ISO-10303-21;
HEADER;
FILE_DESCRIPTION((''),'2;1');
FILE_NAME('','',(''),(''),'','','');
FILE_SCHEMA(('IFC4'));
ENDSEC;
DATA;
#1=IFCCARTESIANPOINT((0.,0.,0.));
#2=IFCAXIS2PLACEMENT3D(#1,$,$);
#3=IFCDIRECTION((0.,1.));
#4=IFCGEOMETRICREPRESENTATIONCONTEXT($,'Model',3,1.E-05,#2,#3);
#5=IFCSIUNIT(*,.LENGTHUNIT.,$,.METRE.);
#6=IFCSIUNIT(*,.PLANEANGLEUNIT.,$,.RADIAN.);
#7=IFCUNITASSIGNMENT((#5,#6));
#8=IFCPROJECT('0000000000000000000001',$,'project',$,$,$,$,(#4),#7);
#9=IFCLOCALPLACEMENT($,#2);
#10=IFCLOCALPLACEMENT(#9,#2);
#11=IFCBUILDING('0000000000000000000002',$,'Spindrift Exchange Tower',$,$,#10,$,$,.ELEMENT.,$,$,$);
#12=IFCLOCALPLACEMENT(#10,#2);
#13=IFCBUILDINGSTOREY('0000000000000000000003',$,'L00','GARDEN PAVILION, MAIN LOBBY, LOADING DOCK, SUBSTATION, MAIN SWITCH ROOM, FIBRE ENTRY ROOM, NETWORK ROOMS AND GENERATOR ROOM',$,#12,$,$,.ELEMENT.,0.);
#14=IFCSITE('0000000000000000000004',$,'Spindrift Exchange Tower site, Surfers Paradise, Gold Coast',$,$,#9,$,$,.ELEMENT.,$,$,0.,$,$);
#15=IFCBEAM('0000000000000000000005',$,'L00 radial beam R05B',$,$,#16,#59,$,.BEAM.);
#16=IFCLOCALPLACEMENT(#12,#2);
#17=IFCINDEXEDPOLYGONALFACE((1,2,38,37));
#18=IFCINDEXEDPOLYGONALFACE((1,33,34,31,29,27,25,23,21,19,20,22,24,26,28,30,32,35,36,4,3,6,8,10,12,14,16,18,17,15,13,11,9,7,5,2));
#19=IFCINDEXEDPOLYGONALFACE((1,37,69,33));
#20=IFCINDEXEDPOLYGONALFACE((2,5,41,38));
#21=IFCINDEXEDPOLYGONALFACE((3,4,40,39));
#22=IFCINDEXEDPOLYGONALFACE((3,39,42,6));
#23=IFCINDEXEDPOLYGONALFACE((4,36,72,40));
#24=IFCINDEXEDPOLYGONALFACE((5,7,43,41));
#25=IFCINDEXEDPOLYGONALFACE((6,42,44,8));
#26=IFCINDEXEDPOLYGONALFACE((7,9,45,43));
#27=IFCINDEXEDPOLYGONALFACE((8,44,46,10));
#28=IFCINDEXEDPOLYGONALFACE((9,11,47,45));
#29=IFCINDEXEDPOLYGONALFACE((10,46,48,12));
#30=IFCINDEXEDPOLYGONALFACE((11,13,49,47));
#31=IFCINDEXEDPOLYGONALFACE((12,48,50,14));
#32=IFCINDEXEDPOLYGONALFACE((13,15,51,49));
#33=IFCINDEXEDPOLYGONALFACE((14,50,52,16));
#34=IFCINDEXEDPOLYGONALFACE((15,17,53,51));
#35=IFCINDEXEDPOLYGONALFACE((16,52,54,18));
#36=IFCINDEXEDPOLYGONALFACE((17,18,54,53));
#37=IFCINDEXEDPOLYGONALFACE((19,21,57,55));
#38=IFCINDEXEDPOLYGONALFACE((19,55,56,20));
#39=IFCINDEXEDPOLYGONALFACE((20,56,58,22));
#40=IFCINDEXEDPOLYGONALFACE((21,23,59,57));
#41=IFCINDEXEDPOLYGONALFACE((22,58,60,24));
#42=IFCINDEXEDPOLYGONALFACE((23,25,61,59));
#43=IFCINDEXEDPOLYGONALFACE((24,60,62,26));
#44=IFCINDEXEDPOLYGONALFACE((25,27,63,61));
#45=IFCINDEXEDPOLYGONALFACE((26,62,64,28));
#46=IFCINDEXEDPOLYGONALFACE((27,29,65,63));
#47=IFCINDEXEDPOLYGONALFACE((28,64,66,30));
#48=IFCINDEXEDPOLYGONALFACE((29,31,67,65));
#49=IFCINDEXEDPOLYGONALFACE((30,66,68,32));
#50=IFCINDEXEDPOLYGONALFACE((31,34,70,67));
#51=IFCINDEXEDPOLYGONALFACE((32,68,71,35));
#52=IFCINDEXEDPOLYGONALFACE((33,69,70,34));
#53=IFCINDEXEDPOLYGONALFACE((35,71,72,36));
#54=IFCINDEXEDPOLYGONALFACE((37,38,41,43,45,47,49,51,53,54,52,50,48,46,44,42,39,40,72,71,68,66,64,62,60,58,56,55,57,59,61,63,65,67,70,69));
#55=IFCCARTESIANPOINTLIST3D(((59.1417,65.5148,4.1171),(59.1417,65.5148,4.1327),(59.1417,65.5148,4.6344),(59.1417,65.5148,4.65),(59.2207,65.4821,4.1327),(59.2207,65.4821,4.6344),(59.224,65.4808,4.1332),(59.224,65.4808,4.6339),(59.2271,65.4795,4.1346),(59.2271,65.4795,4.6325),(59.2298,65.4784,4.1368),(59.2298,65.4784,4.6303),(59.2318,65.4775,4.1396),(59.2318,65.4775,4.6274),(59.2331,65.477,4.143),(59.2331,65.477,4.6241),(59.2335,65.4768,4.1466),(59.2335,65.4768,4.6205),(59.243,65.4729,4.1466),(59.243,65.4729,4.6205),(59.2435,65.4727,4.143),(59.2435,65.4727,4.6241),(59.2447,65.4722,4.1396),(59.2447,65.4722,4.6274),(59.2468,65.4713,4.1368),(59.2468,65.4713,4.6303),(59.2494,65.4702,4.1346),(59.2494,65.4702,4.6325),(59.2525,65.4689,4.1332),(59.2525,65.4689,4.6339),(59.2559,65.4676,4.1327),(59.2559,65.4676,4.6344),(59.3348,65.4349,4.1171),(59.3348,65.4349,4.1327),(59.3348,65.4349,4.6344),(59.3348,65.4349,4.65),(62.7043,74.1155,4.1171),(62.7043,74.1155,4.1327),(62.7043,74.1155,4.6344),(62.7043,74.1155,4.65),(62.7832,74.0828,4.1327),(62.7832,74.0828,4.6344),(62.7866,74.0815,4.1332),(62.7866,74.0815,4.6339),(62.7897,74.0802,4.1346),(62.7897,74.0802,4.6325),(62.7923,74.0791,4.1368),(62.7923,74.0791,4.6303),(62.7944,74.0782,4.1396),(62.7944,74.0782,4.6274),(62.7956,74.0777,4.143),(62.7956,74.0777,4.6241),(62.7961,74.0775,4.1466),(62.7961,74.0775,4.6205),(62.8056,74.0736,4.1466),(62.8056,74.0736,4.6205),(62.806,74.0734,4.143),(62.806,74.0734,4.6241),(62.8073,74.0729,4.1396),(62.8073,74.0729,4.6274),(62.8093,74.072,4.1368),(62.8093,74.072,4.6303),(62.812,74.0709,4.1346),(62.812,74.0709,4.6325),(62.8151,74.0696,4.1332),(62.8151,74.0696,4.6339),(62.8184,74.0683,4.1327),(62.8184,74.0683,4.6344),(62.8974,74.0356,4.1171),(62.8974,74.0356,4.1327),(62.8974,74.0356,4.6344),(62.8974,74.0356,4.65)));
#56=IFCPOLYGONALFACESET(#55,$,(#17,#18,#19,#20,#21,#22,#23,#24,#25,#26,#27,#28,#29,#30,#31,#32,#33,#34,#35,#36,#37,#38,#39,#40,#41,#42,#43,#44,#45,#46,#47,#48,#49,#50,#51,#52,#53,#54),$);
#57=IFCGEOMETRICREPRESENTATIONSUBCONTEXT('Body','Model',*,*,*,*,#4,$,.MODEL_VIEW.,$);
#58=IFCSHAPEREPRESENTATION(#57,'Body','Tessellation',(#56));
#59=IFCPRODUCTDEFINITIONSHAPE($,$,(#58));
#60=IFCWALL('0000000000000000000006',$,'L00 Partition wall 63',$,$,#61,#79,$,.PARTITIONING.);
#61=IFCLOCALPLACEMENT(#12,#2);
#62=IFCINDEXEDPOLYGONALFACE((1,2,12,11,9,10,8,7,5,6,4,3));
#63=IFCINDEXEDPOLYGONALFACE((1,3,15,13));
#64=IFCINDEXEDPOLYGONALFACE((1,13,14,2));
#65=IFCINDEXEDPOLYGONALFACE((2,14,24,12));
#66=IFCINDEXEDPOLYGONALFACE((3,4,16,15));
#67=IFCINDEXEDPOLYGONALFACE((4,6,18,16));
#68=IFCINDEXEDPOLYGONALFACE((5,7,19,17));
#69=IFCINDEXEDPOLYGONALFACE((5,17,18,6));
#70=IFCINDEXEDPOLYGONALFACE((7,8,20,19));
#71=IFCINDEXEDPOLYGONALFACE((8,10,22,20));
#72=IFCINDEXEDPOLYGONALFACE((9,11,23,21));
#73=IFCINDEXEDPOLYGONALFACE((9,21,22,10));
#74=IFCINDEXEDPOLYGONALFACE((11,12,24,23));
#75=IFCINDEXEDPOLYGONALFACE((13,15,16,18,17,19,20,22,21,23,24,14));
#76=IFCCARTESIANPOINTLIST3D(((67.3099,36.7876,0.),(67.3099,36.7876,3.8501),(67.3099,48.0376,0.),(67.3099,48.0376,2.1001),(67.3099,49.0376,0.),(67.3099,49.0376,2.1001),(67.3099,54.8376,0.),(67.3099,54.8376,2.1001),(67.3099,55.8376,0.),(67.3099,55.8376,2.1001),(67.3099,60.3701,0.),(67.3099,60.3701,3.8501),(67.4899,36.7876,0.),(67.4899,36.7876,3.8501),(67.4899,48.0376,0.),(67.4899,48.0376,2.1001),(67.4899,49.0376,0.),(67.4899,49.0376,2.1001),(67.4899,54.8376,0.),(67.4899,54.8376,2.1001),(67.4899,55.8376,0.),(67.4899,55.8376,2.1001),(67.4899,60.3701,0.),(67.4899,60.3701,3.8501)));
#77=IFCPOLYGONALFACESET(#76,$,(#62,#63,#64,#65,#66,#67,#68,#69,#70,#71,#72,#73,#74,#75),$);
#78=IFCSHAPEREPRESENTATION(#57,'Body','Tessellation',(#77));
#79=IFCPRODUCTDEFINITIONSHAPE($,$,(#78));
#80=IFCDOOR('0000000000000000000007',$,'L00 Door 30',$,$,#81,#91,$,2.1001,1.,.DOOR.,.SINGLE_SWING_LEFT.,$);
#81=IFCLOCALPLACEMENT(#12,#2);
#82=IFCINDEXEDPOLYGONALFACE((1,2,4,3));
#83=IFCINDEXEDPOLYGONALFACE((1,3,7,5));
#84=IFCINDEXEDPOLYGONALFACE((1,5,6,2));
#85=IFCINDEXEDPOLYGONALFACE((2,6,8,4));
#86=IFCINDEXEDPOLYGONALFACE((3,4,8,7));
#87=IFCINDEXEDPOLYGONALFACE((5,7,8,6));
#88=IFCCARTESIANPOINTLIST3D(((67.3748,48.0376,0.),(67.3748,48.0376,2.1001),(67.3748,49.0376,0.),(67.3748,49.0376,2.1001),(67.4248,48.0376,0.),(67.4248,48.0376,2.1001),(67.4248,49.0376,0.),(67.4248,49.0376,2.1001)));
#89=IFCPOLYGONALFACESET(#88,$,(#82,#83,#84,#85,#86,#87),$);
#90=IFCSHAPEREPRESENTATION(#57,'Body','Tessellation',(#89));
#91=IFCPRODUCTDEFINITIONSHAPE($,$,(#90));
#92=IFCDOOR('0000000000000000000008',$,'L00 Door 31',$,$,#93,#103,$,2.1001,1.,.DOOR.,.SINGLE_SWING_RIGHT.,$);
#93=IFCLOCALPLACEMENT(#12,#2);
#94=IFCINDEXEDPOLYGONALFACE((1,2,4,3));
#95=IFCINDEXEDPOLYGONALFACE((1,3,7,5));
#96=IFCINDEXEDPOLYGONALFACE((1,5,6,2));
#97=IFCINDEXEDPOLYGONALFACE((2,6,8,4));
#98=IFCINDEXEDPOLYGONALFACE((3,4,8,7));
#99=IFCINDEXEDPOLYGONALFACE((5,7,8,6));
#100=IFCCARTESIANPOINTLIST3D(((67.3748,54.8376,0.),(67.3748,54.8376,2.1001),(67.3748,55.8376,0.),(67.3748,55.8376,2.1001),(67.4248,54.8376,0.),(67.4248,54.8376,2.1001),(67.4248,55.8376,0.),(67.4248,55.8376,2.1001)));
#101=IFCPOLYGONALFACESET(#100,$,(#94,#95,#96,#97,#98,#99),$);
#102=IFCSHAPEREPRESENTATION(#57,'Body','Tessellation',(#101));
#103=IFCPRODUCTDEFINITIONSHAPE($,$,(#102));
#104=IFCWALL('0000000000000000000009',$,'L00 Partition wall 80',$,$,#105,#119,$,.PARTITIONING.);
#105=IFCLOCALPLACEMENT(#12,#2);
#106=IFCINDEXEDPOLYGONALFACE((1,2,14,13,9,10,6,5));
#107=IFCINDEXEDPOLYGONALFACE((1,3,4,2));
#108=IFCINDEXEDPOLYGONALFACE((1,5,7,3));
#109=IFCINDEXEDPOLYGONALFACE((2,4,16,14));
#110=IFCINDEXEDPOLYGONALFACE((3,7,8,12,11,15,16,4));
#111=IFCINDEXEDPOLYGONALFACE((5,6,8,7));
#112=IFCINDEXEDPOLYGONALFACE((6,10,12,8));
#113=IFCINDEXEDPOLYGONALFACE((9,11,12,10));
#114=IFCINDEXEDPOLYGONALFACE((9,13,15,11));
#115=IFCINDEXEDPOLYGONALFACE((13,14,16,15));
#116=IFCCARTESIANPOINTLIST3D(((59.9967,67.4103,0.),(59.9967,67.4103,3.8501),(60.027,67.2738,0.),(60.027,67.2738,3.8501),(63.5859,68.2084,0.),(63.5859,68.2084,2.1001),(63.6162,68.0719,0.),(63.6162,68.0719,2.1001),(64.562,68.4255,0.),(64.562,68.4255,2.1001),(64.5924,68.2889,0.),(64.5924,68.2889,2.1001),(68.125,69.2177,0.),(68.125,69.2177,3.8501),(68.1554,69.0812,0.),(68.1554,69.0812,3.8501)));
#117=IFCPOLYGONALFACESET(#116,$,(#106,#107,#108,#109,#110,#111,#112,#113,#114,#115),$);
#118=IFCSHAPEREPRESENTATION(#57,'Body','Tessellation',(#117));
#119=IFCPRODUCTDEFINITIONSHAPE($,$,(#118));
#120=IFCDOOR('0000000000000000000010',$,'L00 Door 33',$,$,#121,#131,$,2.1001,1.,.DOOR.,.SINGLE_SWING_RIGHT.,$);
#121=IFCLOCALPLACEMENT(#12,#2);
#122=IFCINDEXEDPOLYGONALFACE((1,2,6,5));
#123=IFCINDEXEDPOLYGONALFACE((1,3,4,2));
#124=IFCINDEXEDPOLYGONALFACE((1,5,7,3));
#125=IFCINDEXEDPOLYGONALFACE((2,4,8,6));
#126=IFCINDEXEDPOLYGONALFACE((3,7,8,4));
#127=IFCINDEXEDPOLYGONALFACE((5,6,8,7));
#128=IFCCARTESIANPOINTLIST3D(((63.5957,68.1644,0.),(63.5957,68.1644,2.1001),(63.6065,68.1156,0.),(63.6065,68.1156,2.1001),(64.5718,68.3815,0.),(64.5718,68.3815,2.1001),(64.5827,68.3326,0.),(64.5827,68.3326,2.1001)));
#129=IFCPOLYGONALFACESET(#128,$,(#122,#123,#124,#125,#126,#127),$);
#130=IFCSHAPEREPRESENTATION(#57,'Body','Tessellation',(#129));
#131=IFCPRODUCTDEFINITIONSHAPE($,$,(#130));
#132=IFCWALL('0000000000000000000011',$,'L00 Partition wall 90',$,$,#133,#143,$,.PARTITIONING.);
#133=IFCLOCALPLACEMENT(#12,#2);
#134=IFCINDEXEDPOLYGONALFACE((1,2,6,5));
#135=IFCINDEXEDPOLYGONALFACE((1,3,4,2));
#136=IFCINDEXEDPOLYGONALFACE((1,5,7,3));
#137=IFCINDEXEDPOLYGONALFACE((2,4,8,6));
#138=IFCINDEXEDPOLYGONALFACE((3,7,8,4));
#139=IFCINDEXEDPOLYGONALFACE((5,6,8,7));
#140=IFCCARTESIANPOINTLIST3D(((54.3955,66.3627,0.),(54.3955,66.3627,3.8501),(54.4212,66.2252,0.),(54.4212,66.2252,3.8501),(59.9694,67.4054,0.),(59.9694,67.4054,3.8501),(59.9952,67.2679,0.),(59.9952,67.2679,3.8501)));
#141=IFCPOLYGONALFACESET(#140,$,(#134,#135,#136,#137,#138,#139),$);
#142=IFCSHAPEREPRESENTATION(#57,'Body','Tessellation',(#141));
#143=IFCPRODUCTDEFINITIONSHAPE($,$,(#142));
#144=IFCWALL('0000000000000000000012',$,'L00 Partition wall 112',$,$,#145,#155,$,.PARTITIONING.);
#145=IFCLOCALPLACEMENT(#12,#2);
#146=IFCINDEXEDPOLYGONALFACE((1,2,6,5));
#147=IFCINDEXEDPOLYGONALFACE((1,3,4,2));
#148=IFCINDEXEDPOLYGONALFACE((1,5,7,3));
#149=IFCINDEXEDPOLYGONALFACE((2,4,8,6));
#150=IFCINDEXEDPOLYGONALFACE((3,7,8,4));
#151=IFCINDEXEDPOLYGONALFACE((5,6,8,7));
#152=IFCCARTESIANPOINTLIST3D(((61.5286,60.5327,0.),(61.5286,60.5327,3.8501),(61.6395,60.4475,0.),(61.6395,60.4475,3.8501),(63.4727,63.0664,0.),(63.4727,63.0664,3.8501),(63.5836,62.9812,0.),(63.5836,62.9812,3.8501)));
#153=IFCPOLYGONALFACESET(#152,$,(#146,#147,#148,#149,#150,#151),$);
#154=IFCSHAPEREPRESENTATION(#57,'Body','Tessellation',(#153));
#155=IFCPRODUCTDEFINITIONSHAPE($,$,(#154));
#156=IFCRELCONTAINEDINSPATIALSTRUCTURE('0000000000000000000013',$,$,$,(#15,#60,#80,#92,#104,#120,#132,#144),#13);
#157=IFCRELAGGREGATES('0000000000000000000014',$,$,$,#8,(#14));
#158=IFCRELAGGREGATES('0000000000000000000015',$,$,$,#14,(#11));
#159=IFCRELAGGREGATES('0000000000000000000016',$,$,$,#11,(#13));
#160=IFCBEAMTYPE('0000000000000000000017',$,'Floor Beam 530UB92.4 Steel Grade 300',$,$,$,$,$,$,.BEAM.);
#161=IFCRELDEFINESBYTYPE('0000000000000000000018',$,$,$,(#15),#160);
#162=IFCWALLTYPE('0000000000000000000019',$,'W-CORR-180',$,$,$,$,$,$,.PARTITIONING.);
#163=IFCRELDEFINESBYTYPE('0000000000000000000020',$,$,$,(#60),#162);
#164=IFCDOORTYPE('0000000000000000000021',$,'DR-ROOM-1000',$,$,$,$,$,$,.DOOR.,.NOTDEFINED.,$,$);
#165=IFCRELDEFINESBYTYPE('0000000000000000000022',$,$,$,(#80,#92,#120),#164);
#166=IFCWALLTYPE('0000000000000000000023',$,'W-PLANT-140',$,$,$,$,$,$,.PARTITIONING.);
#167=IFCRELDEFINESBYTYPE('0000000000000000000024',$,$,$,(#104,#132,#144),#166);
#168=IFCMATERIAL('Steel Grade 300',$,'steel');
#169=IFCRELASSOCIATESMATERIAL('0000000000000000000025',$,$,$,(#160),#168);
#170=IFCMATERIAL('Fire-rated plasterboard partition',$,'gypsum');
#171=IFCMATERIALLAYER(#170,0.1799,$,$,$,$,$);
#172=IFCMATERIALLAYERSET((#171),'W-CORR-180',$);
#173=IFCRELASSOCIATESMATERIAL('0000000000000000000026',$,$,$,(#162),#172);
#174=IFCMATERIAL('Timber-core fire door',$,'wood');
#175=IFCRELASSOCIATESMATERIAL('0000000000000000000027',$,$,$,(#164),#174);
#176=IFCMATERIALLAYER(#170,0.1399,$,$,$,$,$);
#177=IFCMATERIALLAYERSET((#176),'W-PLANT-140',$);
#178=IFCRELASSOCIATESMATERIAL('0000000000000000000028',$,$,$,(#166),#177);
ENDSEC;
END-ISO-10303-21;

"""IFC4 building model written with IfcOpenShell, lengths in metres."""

from ifc_helpers import new_model, si_unit, direction, frame, frame_2d, origin, origin_2d, place, context, subcontext, project, spatial, rectangle, i_section, extrude, source, transform, mapped, material, layer, layer_set, material_profile, profile_set, type_object, element, fill, save


model = new_model("IFC4")

# Units and contexts
model_context = context("Model", 3, precision=1e-05, world=origin(), true_north=direction((0.0, 1.0)))
body_context = subcontext(model_context, "Body", "Model", "MODEL_VIEW")
ifc_project = project(units=[si_unit("LENGTHUNIT", "METRE"), si_unit("PLANEANGLEUNIT", "RADIAN")], contexts=[model_context])

# Site, building, storey
site_placement = place(None, origin())
site = spatial("IfcSite", under=ifc_project, at=site_placement, Name="Spindrift Exchange Tower site, Surfers Paradise, Gold Coast", CompositionType="ELEMENT", RefElevation=0.0)
building_placement = place(site_placement, origin())
building = spatial("IfcBuilding", under=site, at=building_placement, Name="Spindrift Exchange Tower", CompositionType="ELEMENT")
storey_placement = place(building_placement, origin())
storey = spatial("IfcBuildingStorey", under=building, at=storey_placement, Name="L00", Description="GARDEN PAVILION, MAIN LOBBY, LOADING DOCK, SUBSTATION, MAIN SWITCH ROOM, FIBRE ENTRY ROOM, NETWORK ROOMS AND GENERATOR ROOM", CompositionType="ELEMENT", Elevation=0.0)

# Beam
ifc_material_1 = material(Name="Steel Grade 300", Category="steel")
ifc_material_profile_1 = material_profile(ifc_material_1, i_section(OverallWidth=0.209, OverallDepth=0.533, WebThickness=0.0103, FlangeThickness=0.0156, FilletRadius=0.0139, at=origin_2d()), Name="530UB92.4")
ifc_profile_set_1 = profile_set([ifc_material_profile_1], Name="Steel Grade 300")
beam_type_1 = type_object("IfcBeamType", Name="Floor Beam 530UB92.4 Steel Grade 300", PredefinedType="BEAM", material=ifc_profile_set_1)
shared_shape_1 = source(origin(), body_context, "Body", "SweptSolid", [
    extrude(i_section(OverallWidth=0.209, OverallDepth=0.533, WebThickness=0.0103, FlangeThickness=0.0156, FilletRadius=0.0139, at=origin_2d()), origin(), (0.0, 0.0, 1.0), 9.3093),
])
beam_1_placement = place(storey_placement, frame((59.2383, 65.4749, 4.3835), z_axis=(0.382685, 0.923879, 0.0), x_axis=(-0.923879, 0.382685, 0.0)))
element("IfcBeam", 1, at=beam_1_placement, inside=storey, type_object=beam_type_1, Name="L00 radial beam R05B", PredefinedType="BEAM", context=body_context, shape_type="MappedRepresentation", body=[
    mapped(shared_shape_1, transform((0.0, 0.0, 0.0), scale=1.0)),
])

# Wall, openings, doors
ifc_material_2 = material(Name="Fire-rated plasterboard partition", Category="gypsum")
ifc_layer_1 = layer(ifc_material_2, 0.1799)
ifc_layer_set_1 = layer_set([ifc_layer_1], Name="W-CORR-180")
wall_type_1 = type_object("IfcWallType", Name="W-CORR-180", PredefinedType="PARTITIONING", material=ifc_layer_set_1)
wall_1_placement = place(storey_placement, frame((67.3999, 60.3701, 0.0), z_axis=(0.0, 0.0, 1.0), x_axis=(0.0, -1.0, 0.0)))
wall_1 = element("IfcWall", 2, at=wall_1_placement, inside=storey, type_object=wall_type_1, Name="L00 Partition wall 63", PredefinedType="PARTITIONING", context=body_context, shape_type="SweptSolid", body=[
    extrude(rectangle(XDim=23.5825, YDim=0.1799, at=frame_2d((11.7913, 0.0))), origin(), (0.0, 0.0, 1.0), 3.8501),
])
opening_1_placement = place(wall_1_placement, frame((11.3325, 0.0, 0.0)))
opening_1 = element("IfcOpeningElement", 3, at=opening_1_placement, cuts=wall_1, PredefinedType="OPENING", context=body_context, shape_type="SweptSolid", body=[
    extrude(rectangle(XDim=1.0, YDim=2.1001, at=frame_2d((0.5, 1.05))), frame((0.0, 0.0999, 0.0), z_axis=(0.0, -1.0, 0.0), x_axis=(1.0, 0.0, 0.0)), (0.0, 0.0, 1.0), 0.2),
])
opening_2_placement = place(wall_1_placement, frame((4.5325, 0.0, 0.0)))
opening_2 = element("IfcOpeningElement", 4, at=opening_2_placement, cuts=wall_1, PredefinedType="OPENING", context=body_context, shape_type="SweptSolid", body=[
    extrude(rectangle(XDim=1.0, YDim=2.1001, at=frame_2d((0.5, 1.05))), frame((0.0, 0.0999, 0.0), z_axis=(0.0, -1.0, 0.0), x_axis=(1.0, 0.0, 0.0)), (0.0, 0.0, 1.0), 0.2),
])
ifc_material_3 = material(Name="Timber-core fire door", Category="wood")
door_type = type_object("IfcDoorType", Name="DR-ROOM-1000", OperationType="NOTDEFINED", PredefinedType="DOOR", material=ifc_material_3)
shared_shape_2 = source(origin(), body_context, "Body", "SweptSolid", [
    extrude(rectangle(XDim=1.0, YDim=2.1001, at=frame_2d((0.5, 1.05))), frame((0.0, 0.0249, 0.0), z_axis=(0.0, -1.0, 0.0), x_axis=(1.0, 0.0, 0.0)), (0.0, 0.0, 1.0), 0.05),
])
door_1_placement = place(opening_1_placement, origin())
door_1 = element("IfcDoor", 5, at=door_1_placement, inside=storey, type_object=door_type, Name="L00 Door 30", OperationType="SINGLE_SWING_LEFT", OverallHeight=2.1001, OverallWidth=1.0, PredefinedType="DOOR", context=body_context, shape_type="MappedRepresentation", body=[
    mapped(shared_shape_2, transform((0.0, 0.0, 0.0), scale=1.0)),
])
fill(opening_1, door_1)
door_2_placement = place(opening_2_placement, origin())
door_2 = element("IfcDoor", 6, at=door_2_placement, inside=storey, type_object=door_type, Name="L00 Door 31", OperationType="SINGLE_SWING_RIGHT", OverallHeight=2.1001, OverallWidth=1.0, PredefinedType="DOOR", context=body_context, shape_type="MappedRepresentation", body=[
    mapped(shared_shape_2, transform((0.0, 0.0, 0.0), scale=1.0)),
])
fill(opening_2, door_2)

# Wall, opening, door
ifc_layer_2 = layer(ifc_material_2, 0.1399)
ifc_layer_set_2 = layer_set([ifc_layer_2], Name="W-PLANT-140")
wall_type_2 = type_object("IfcWallType", Name="W-PLANT-140", PredefinedType="PARTITIONING", material=ifc_layer_set_2)
wall_2_placement = place(storey_placement, frame((60.0117, 67.342, 0.0), z_axis=(0.0, 0.0, 1.0), x_axis=(0.97616, 0.217052, 0.0)))
wall_2 = element("IfcWall", 7, at=wall_2_placement, inside=storey, type_object=wall_type_2, Name="L00 Partition wall 80", PredefinedType="PARTITIONING", context=body_context, shape_type="SweptSolid", body=[
    extrude(rectangle(XDim=8.3269, YDim=0.1399, at=frame_2d((4.1636, 0.0))), origin(), (0.0, 0.0, 1.0), 3.8501),
])
opening_3_placement = place(wall_2_placement, frame((3.677, 0.0, 0.0)))
opening_3 = element("IfcOpeningElement", 8, at=opening_3_placement, cuts=wall_2, PredefinedType="OPENING", context=body_context, shape_type="SweptSolid", body=[
    extrude(rectangle(XDim=1.0, YDim=2.1001, at=frame_2d((0.5, 1.05))), frame((0.0, 0.0798, 0.0), z_axis=(0.0, -1.0, 0.0), x_axis=(1.0, 0.0, 0.0)), (0.0, 0.0, 1.0), 0.1599),
])
door_3_placement = place(opening_3_placement, origin())
door_3 = element("IfcDoor", 9, at=door_3_placement, inside=storey, type_object=door_type, Name="L00 Door 33", OperationType="SINGLE_SWING_RIGHT", OverallHeight=2.1001, OverallWidth=1.0, PredefinedType="DOOR", context=body_context, shape_type="MappedRepresentation", body=[
    mapped(shared_shape_2, transform((0.0, 0.0, 0.0), scale=1.0)),
])
fill(opening_3, door_3)

# Walls
wall_3_placement = place(storey_placement, frame((59.9824, 67.3367, 0.0), z_axis=(0.0, 0.0, 1.0), x_axis=(-0.982949, -0.18388, 0.0)))
element("IfcWall", 10, at=wall_3_placement, inside=storey, type_object=wall_type_2, Name="L00 Partition wall 90", PredefinedType="PARTITIONING", context=body_context, shape_type="SweptSolid", body=[
    extrude(rectangle(XDim=5.6707, YDim=0.1399, at=frame_2d((2.8354, 0.0))), origin(), (0.0, 0.0, 1.0), 3.8501),
])
wall_4_placement = place(storey_placement, frame((63.5281, 63.0237, 0.0), z_axis=(0.0, 0.0, 1.0), x_axis=(-0.608746, -0.793365, 0.0)))
element("IfcWall", 11, at=wall_4_placement, inside=storey, type_object=wall_type_2, Name="L00 Partition wall 112", PredefinedType="PARTITIONING", context=body_context, shape_type="SweptSolid", body=[
    extrude(rectangle(XDim=3.1936, YDim=0.1399, at=frame_2d((1.5967, 0.0))), origin(), (0.0, 0.0, 1.0), 3.8501),
])

save(model, "model.ifc")
